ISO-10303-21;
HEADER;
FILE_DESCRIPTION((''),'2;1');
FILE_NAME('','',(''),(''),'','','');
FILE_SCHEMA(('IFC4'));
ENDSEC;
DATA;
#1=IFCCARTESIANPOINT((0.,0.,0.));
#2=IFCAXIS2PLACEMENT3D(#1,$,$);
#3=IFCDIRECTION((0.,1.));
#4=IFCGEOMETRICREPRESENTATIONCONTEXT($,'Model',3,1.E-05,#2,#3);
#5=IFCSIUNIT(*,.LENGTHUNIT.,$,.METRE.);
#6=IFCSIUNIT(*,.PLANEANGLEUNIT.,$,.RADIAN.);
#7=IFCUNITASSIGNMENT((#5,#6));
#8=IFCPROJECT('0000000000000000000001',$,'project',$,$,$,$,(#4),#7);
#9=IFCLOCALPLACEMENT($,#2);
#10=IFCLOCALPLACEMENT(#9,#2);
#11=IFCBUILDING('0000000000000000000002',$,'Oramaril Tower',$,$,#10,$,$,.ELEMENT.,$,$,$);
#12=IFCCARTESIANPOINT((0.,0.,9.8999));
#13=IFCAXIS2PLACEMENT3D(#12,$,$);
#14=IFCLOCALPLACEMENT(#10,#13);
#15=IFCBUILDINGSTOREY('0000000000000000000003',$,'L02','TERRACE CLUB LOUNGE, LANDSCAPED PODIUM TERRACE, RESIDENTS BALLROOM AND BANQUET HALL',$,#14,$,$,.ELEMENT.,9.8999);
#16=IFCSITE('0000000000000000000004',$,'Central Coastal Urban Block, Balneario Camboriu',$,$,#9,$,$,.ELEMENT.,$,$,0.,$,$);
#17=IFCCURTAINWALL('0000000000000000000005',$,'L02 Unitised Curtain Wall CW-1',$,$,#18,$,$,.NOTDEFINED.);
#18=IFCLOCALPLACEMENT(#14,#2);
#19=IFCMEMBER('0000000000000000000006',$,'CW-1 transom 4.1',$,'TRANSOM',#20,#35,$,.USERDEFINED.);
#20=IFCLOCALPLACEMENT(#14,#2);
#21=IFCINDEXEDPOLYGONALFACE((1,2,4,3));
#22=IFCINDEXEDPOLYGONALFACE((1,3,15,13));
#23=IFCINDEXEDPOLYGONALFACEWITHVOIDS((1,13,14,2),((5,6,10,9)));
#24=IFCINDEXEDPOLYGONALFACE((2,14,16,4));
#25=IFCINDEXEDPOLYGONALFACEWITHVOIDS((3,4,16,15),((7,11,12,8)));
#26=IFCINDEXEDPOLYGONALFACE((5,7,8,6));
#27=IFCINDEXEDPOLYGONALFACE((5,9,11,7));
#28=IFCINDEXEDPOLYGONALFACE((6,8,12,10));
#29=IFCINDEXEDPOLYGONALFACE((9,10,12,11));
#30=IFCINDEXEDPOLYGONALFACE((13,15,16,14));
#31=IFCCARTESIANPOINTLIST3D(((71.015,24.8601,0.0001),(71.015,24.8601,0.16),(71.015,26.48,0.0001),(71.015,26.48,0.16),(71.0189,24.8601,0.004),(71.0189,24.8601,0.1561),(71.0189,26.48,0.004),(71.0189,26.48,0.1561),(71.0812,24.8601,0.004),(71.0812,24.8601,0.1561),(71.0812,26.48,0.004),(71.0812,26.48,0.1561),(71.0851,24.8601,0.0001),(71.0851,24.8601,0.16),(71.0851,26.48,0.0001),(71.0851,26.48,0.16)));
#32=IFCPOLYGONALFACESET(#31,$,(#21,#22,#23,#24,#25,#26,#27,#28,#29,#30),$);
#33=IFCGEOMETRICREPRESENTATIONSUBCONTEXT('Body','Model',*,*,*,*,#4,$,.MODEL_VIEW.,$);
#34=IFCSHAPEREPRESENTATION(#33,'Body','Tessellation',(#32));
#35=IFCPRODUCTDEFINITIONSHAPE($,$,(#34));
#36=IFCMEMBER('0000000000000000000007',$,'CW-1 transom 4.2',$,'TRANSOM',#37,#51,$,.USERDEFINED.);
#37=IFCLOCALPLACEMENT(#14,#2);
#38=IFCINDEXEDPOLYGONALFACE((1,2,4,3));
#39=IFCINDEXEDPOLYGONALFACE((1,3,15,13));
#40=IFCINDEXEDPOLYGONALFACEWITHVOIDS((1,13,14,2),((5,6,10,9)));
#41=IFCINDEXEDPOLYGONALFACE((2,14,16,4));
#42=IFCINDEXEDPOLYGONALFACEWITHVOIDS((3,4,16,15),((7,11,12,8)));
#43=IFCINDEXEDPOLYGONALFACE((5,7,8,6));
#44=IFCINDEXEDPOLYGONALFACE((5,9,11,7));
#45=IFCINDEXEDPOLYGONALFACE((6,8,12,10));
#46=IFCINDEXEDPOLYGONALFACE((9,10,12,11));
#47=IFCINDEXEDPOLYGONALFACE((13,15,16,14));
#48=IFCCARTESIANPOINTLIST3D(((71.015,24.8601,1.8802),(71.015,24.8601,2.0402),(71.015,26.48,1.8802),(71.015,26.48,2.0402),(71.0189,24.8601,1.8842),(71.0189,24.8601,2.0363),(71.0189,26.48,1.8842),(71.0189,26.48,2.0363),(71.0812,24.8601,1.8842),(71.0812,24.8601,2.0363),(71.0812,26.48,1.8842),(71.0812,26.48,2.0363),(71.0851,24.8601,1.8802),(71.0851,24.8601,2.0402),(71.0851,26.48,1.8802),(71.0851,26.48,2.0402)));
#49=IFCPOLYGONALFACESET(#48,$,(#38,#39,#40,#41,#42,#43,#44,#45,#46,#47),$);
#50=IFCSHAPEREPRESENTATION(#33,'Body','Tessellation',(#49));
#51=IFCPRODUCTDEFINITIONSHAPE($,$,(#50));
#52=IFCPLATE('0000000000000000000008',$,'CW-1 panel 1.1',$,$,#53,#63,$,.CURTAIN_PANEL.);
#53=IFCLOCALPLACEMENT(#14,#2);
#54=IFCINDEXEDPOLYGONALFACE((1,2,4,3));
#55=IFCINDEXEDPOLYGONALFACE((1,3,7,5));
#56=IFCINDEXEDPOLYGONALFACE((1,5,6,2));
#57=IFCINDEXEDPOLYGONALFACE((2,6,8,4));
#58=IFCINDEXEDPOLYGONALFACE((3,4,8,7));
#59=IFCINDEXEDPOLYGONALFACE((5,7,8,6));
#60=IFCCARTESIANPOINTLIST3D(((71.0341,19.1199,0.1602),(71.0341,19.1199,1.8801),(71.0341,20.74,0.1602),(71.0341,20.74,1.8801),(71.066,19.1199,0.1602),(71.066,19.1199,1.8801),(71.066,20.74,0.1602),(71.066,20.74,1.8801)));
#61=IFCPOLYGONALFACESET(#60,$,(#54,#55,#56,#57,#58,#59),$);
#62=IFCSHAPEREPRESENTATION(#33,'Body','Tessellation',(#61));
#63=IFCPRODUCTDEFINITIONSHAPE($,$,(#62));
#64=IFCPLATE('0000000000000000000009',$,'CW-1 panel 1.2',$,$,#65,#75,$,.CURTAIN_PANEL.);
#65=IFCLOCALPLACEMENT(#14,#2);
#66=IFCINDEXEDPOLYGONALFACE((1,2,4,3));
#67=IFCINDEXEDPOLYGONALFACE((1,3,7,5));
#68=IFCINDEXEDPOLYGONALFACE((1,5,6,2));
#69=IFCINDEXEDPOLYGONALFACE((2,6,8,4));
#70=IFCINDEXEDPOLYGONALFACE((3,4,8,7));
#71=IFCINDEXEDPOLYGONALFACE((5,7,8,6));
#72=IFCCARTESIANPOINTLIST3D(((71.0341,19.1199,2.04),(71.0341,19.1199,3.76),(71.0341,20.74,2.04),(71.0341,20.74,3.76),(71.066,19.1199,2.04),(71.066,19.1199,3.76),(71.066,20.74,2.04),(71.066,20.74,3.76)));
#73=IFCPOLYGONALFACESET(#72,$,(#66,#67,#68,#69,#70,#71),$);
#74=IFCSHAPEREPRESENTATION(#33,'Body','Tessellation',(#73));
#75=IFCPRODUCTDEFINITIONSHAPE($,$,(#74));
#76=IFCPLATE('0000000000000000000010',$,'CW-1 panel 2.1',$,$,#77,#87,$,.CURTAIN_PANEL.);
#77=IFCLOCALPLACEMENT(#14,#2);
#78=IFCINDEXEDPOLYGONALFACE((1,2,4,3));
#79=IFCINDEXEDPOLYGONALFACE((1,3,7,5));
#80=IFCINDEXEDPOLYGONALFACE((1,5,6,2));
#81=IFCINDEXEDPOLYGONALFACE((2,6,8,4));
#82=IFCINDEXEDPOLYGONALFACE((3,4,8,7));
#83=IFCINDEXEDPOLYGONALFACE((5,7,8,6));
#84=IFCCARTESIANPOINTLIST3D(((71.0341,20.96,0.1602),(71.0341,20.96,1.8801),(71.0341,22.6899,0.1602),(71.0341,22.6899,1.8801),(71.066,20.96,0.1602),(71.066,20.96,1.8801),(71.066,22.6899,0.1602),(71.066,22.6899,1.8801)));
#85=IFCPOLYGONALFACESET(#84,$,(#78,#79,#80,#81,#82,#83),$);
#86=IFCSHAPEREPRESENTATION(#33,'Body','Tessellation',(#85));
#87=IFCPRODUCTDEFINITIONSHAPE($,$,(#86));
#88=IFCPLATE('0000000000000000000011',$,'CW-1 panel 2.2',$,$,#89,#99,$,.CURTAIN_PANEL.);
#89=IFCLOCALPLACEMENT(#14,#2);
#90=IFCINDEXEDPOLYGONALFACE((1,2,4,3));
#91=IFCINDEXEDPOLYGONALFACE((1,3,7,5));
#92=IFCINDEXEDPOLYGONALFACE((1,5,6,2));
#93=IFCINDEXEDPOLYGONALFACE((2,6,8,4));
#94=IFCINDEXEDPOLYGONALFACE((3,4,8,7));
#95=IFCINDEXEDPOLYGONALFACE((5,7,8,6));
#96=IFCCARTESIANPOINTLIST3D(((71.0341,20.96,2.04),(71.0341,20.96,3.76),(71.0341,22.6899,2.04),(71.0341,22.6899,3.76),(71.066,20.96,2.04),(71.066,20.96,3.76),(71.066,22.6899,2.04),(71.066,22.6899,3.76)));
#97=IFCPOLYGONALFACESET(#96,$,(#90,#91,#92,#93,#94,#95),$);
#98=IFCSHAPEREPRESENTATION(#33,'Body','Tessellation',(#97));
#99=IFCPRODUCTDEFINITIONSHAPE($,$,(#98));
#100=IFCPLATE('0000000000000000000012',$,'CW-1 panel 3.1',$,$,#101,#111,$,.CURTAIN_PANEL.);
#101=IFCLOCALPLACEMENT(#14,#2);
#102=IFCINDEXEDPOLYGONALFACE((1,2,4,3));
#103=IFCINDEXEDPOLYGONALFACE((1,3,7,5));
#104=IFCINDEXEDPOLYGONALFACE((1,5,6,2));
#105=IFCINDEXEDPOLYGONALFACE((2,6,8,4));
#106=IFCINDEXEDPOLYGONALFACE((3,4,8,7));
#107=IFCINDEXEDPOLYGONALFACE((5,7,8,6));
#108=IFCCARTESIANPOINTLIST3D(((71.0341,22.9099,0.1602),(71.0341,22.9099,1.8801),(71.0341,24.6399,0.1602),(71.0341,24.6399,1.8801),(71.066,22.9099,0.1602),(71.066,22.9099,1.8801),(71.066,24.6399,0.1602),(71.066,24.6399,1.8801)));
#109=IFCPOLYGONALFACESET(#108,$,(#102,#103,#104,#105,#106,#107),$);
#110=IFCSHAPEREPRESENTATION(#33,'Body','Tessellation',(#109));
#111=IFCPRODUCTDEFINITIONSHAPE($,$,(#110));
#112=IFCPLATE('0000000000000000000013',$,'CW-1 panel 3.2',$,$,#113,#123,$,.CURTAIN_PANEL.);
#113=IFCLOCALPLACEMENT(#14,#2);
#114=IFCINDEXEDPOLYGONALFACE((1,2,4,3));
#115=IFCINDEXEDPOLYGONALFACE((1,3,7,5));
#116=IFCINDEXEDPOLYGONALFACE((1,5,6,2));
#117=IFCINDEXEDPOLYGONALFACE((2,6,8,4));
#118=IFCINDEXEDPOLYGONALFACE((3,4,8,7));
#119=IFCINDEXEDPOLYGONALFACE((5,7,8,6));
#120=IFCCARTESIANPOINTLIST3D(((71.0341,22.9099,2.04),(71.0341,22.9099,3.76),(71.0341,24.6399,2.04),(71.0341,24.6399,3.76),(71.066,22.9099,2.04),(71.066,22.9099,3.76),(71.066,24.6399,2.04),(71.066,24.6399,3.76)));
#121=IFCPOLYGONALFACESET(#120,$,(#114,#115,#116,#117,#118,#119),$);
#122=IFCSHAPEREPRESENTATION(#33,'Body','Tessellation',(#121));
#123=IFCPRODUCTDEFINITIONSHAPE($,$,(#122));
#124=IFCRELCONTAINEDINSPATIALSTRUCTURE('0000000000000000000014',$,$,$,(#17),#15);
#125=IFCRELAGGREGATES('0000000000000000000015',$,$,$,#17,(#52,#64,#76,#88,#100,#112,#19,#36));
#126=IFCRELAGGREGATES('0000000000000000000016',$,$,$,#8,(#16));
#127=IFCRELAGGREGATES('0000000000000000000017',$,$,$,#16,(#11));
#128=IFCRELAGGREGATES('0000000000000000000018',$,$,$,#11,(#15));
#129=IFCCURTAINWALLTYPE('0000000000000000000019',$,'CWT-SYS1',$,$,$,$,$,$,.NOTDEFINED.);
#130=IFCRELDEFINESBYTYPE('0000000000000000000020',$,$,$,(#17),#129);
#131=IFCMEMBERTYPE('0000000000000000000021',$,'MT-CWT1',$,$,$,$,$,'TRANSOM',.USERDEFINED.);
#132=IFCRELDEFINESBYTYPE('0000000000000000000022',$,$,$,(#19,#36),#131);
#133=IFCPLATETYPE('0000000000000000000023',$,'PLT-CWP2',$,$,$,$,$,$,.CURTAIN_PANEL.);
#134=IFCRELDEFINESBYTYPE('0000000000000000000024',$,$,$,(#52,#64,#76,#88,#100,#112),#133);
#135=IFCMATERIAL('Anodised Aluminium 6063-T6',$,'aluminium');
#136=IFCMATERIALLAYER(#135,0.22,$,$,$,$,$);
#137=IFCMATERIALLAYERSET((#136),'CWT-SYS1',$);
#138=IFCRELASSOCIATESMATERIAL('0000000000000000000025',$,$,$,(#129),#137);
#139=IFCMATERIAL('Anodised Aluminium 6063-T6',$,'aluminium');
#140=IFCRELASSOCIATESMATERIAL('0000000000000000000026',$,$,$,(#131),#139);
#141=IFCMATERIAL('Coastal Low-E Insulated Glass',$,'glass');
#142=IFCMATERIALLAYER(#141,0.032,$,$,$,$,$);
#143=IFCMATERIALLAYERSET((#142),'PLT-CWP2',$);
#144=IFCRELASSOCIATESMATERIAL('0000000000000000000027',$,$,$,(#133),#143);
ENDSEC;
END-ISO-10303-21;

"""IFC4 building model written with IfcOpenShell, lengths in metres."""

from ifc_helpers import new_model, si_unit, direction, frame, origin, origin_2d, place, context, subcontext, project, spatial, rectangle, hollow_rectangle, extrude, material, layer, layer_set, material_profile, profile_set, type_object, element, aggregate, save


model = new_model("IFC4")

# Units and contexts
model_context = context("Model", 3, precision=1e-05, world=origin(), true_north=direction((0.0, 1.0)))
body_context = subcontext(model_context, "Body", "Model", "MODEL_VIEW")
ifc_project = project(units=[si_unit("LENGTHUNIT", "METRE"), si_unit("PLANEANGLEUNIT", "RADIAN")], contexts=[model_context])

# Site, building, storey
site_placement = place(None, origin())
site = spatial("IfcSite", under=ifc_project, at=site_placement, Name="Central Coastal Urban Block, Balneario Camboriu", CompositionType="ELEMENT", RefElevation=0.0)
building_placement = place(site_placement, origin())
building = spatial("IfcBuilding", under=site, at=building_placement, Name="Oramaril Tower", CompositionType="ELEMENT")
storey_placement = place(building_placement, frame((0.0, 0.0, 9.8999)))
storey = spatial("IfcBuildingStorey", under=building, at=storey_placement, Name="L02", Description="TERRACE CLUB LOUNGE, LANDSCAPED PODIUM TERRACE, RESIDENTS BALLROOM AND BANQUET HALL", CompositionType="ELEMENT", Elevation=9.8999)

# Curtain wall, members, plates
ifc_material_1 = material(Name="Anodised Aluminium 6063-T6", Category="aluminium")
ifc_layer_1 = layer(ifc_material_1, 0.22)
ifc_layer_set_1 = layer_set([ifc_layer_1], Name="CWT-SYS1")
curtain_wall_type = type_object("IfcCurtainWallType", Name="CWT-SYS1", PredefinedType="NOTDEFINED", material=ifc_layer_set_1)
curtain_wall_placement = place(storey_placement, origin())
curtain_wall = element("IfcCurtainWall", 1, at=curtain_wall_placement, inside=storey, type_object=curtain_wall_type, Name="L02 Unitised Curtain Wall CW-1", PredefinedType="NOTDEFINED")
ifc_material_2 = material(Name="Anodised Aluminium 6063-T6", Category="aluminium")
ifc_material_profile_1 = material_profile(ifc_material_2, hollow_rectangle(XDim=0.0701, YDim=0.1599, WallThickness=0.0039, at=origin_2d()), Name="CWT160X70")
ifc_profile_set_1 = profile_set([ifc_material_profile_1], Name="Anodised Aluminium 6063-T6")
member_type_1 = type_object("IfcMemberType", Name="MT-CWT1", ElementType="TRANSOM", PredefinedType="USERDEFINED", material=ifc_profile_set_1)
member_1_placement = place(storey_placement, frame((71.05, 24.8601, 0.0801), z_axis=(0.0, 1.0, 0.0), x_axis=(-1.0, 0.0, 0.0)))
member_1 = element("IfcMember", 2, at=member_1_placement, type_object=member_type_1, Name="CW-1 transom 4.1", ObjectType="TRANSOM", PredefinedType="USERDEFINED", context=body_context, shape_type="SweptSolid", body=[
    extrude(hollow_rectangle(XDim=0.0701, YDim=0.1599, WallThickness=0.0039, at=origin_2d()), origin(), (0.0, 0.0, 1.0), 1.6199),
])
member_2_placement = place(storey_placement, frame((71.05, 24.8601, 1.9602), z_axis=(0.0, 1.0, 0.0), x_axis=(-1.0, 0.0, 0.0)))
member_2 = element("IfcMember", 3, at=member_2_placement, type_object=member_type_1, Name="CW-1 transom 4.2", ObjectType="TRANSOM", PredefinedType="USERDEFINED", context=body_context, shape_type="SweptSolid", body=[
    extrude(hollow_rectangle(XDim=0.0701, YDim=0.1599, WallThickness=0.0039, at=origin_2d()), origin(), (0.0, 0.0, 1.0), 1.6199),
])
ifc_material_3 = material(Name="Coastal Low-E Insulated Glass", Category="glass")
ifc_layer_2 = layer(ifc_material_3, 0.032)
ifc_layer_set_2 = layer_set([ifc_layer_2], Name="PLT-CWP2")
plate_type = type_object("IfcPlateType", Name="PLT-CWP2", PredefinedType="CURTAIN_PANEL", material=ifc_layer_set_2)
plate_1_placement = place(storey_placement, frame((71.05, 19.9299, 0.1602), z_axis=(0.0, 0.0, 1.0), x_axis=(0.0, 1.0, 0.0)))
plate_1 = element("IfcPlate", 4, at=plate_1_placement, type_object=plate_type, Name="CW-1 panel 1.1", PredefinedType="CURTAIN_PANEL", context=body_context, shape_type="SweptSolid", body=[
    extrude(rectangle(XDim=1.6201, YDim=0.032, at=origin_2d()), origin(), (0.0, 0.0, 1.0), 1.72),
])
plate_2_placement = place(storey_placement, frame((71.05, 19.9299, 2.04), z_axis=(0.0, 0.0, 1.0), x_axis=(0.0, 1.0, 0.0)))
plate_2 = element("IfcPlate", 5, at=plate_2_placement, type_object=plate_type, Name="CW-1 panel 1.2", PredefinedType="CURTAIN_PANEL", context=body_context, shape_type="SweptSolid", body=[
    extrude(rectangle(XDim=1.6201, YDim=0.032, at=origin_2d()), origin(), (0.0, 0.0, 1.0), 1.72),
])
plate_3_placement = place(storey_placement, frame((71.05, 21.825, 0.1602), z_axis=(0.0, 0.0, 1.0), x_axis=(0.0, 1.0, 0.0)))
plate_3 = element("IfcPlate", 6, at=plate_3_placement, type_object=plate_type, Name="CW-1 panel 2.1", PredefinedType="CURTAIN_PANEL", context=body_context, shape_type="SweptSolid", body=[
    extrude(rectangle(XDim=1.73, YDim=0.032, at=origin_2d()), origin(), (0.0, 0.0, 1.0), 1.72),
])
plate_4_placement = place(storey_placement, frame((71.05, 21.825, 2.04), z_axis=(0.0, 0.0, 1.0), x_axis=(0.0, 1.0, 0.0)))
plate_4 = element("IfcPlate", 7, at=plate_4_placement, type_object=plate_type, Name="CW-1 panel 2.2", PredefinedType="CURTAIN_PANEL", context=body_context, shape_type="SweptSolid", body=[
    extrude(rectangle(XDim=1.73, YDim=0.032, at=origin_2d()), origin(), (0.0, 0.0, 1.0), 1.72),
])
plate_5_placement = place(storey_placement, frame((71.05, 23.7749, 0.1602), z_axis=(0.0, 0.0, 1.0), x_axis=(0.0, 1.0, 0.0)))
plate_5 = element("IfcPlate", 8, at=plate_5_placement, type_object=plate_type, Name="CW-1 panel 3.1", PredefinedType="CURTAIN_PANEL", context=body_context, shape_type="SweptSolid", body=[
    extrude(rectangle(XDim=1.73, YDim=0.032, at=origin_2d()), origin(), (0.0, 0.0, 1.0), 1.72),
])
plate_6_placement = place(storey_placement, frame((71.05, 23.7749, 2.04), z_axis=(0.0, 0.0, 1.0), x_axis=(0.0, 1.0, 0.0)))
plate_6 = element("IfcPlate", 9, at=plate_6_placement, type_object=plate_type, Name="CW-1 panel 3.2", PredefinedType="CURTAIN_PANEL", context=body_context, shape_type="SweptSolid", body=[
    extrude(rectangle(XDim=1.73, YDim=0.032, at=origin_2d()), origin(), (0.0, 0.0, 1.0), 1.72),
])
aggregate(curtain_wall, [plate_1, plate_2, plate_3, plate_4, plate_5, plate_6, member_1, member_2])

save(model, "model.ifc")
